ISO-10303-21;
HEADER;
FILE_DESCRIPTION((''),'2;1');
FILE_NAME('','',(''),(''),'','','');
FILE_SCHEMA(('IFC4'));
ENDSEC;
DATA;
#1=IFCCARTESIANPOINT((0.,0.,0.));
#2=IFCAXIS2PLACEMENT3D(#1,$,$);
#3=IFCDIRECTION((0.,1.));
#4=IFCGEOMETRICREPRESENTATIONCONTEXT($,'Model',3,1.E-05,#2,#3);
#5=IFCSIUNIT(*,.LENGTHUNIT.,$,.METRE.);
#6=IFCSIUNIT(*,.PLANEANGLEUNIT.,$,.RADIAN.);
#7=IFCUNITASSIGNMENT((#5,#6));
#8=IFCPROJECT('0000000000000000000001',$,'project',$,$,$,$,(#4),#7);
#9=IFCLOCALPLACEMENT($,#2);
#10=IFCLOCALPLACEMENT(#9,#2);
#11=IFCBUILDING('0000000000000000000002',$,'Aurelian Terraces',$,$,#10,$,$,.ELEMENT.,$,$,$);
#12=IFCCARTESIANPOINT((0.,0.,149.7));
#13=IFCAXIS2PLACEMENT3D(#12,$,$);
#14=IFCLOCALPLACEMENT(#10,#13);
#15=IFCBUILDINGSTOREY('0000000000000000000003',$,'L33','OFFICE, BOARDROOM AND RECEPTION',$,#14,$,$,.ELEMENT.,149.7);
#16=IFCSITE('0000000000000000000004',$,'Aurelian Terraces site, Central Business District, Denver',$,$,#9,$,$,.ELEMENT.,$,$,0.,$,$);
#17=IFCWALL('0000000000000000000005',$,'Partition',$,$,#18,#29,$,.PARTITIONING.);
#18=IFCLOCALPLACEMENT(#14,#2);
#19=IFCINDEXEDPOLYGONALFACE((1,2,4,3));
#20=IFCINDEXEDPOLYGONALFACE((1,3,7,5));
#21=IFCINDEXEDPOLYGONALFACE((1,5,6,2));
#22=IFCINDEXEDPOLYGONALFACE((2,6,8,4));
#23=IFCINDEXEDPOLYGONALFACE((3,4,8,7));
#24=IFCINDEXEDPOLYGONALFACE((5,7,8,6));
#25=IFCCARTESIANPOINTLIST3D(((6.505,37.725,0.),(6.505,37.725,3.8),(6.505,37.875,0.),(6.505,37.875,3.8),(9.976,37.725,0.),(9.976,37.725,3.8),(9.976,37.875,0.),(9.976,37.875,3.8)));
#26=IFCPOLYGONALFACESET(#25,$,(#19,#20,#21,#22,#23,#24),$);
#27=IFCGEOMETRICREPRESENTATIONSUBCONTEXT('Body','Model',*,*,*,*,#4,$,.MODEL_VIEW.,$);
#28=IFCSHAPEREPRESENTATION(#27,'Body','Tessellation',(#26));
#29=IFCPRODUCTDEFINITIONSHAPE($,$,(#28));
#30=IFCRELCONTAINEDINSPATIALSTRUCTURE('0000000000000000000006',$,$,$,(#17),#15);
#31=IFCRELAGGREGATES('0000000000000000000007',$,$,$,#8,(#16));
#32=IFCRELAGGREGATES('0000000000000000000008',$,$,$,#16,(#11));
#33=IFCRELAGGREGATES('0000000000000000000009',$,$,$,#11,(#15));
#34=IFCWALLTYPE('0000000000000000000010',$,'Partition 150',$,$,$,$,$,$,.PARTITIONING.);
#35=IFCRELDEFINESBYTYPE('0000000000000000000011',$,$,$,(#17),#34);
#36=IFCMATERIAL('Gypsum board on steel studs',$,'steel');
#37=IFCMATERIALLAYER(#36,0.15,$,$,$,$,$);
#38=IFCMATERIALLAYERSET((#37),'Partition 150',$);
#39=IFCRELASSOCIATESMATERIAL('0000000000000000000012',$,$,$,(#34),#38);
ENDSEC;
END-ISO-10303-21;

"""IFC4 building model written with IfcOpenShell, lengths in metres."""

from ifc_helpers import new_model, si_unit, direction, frame, frame_2d, origin, place, context, subcontext, project, spatial, rectangle, extrude, source, transform, mapped, material, layer, layer_set, type_object, element, save


model = new_model("IFC4")

# Units and contexts
model_context = context("Model", 3, precision=1e-05, world=origin(), true_north=direction((0.0, 1.0)))
body_context = subcontext(model_context, "Body", "Model", "MODEL_VIEW")
ifc_project = project(units=[si_unit("LENGTHUNIT", "METRE"), si_unit("PLANEANGLEUNIT", "RADIAN")], contexts=[model_context])

# Site, building, storey
site_placement = place(None, origin())
site = spatial("IfcSite", under=ifc_project, at=site_placement, Name="Aurelian Terraces site, Central Business District, Denver", CompositionType="ELEMENT", RefElevation=0.0)
building_placement = place(site_placement, origin())
building = spatial("IfcBuilding", under=site, at=building_placement, Name="Aurelian Terraces", CompositionType="ELEMENT")
storey_placement = place(building_placement, frame((0.0, 0.0, 149.7)))
storey = spatial("IfcBuildingStorey", under=building, at=storey_placement, Name="L33", Description="OFFICE, BOARDROOM AND RECEPTION", CompositionType="ELEMENT", Elevation=149.7)

# Shared definitions
ifc_material_1 = material(Name="Gypsum board on steel studs", Category="steel")

# Shared definitions
ifc_layer_1 = layer(ifc_material_1, 0.15)
ifc_layer_set_1 = layer_set([ifc_layer_1], Name="Partition 150")
wall_type_1 = type_object("IfcWallType", Name="Partition 150", PredefinedType="PARTITIONING", material=ifc_layer_set_1)

# Wall
shared_shape_1 = source(origin(), body_context, "Body", "SweptSolid", [
    extrude(rectangle(XDim=3.471, YDim=0.15, at=frame_2d((1.7355, 0.0))), origin(), (0.0, 0.0, 1.0), 3.8),
])
wall_1_placement = place(storey_placement, frame((9.976, 37.8, 0.0), z_axis=(0.0, 0.0, 1.0), x_axis=(-1.0, 0.0, 0.0)))
element("IfcWall", 1, at=wall_1_placement, inside=storey, type_object=wall_type_1, Name="Partition", PredefinedType="PARTITIONING", context=body_context, shape_type="MappedRepresentation", body=[
    mapped(shared_shape_1, transform((0.0, 0.0, 0.0), scale=1.0)),
])

save(model, "model.ifc")
